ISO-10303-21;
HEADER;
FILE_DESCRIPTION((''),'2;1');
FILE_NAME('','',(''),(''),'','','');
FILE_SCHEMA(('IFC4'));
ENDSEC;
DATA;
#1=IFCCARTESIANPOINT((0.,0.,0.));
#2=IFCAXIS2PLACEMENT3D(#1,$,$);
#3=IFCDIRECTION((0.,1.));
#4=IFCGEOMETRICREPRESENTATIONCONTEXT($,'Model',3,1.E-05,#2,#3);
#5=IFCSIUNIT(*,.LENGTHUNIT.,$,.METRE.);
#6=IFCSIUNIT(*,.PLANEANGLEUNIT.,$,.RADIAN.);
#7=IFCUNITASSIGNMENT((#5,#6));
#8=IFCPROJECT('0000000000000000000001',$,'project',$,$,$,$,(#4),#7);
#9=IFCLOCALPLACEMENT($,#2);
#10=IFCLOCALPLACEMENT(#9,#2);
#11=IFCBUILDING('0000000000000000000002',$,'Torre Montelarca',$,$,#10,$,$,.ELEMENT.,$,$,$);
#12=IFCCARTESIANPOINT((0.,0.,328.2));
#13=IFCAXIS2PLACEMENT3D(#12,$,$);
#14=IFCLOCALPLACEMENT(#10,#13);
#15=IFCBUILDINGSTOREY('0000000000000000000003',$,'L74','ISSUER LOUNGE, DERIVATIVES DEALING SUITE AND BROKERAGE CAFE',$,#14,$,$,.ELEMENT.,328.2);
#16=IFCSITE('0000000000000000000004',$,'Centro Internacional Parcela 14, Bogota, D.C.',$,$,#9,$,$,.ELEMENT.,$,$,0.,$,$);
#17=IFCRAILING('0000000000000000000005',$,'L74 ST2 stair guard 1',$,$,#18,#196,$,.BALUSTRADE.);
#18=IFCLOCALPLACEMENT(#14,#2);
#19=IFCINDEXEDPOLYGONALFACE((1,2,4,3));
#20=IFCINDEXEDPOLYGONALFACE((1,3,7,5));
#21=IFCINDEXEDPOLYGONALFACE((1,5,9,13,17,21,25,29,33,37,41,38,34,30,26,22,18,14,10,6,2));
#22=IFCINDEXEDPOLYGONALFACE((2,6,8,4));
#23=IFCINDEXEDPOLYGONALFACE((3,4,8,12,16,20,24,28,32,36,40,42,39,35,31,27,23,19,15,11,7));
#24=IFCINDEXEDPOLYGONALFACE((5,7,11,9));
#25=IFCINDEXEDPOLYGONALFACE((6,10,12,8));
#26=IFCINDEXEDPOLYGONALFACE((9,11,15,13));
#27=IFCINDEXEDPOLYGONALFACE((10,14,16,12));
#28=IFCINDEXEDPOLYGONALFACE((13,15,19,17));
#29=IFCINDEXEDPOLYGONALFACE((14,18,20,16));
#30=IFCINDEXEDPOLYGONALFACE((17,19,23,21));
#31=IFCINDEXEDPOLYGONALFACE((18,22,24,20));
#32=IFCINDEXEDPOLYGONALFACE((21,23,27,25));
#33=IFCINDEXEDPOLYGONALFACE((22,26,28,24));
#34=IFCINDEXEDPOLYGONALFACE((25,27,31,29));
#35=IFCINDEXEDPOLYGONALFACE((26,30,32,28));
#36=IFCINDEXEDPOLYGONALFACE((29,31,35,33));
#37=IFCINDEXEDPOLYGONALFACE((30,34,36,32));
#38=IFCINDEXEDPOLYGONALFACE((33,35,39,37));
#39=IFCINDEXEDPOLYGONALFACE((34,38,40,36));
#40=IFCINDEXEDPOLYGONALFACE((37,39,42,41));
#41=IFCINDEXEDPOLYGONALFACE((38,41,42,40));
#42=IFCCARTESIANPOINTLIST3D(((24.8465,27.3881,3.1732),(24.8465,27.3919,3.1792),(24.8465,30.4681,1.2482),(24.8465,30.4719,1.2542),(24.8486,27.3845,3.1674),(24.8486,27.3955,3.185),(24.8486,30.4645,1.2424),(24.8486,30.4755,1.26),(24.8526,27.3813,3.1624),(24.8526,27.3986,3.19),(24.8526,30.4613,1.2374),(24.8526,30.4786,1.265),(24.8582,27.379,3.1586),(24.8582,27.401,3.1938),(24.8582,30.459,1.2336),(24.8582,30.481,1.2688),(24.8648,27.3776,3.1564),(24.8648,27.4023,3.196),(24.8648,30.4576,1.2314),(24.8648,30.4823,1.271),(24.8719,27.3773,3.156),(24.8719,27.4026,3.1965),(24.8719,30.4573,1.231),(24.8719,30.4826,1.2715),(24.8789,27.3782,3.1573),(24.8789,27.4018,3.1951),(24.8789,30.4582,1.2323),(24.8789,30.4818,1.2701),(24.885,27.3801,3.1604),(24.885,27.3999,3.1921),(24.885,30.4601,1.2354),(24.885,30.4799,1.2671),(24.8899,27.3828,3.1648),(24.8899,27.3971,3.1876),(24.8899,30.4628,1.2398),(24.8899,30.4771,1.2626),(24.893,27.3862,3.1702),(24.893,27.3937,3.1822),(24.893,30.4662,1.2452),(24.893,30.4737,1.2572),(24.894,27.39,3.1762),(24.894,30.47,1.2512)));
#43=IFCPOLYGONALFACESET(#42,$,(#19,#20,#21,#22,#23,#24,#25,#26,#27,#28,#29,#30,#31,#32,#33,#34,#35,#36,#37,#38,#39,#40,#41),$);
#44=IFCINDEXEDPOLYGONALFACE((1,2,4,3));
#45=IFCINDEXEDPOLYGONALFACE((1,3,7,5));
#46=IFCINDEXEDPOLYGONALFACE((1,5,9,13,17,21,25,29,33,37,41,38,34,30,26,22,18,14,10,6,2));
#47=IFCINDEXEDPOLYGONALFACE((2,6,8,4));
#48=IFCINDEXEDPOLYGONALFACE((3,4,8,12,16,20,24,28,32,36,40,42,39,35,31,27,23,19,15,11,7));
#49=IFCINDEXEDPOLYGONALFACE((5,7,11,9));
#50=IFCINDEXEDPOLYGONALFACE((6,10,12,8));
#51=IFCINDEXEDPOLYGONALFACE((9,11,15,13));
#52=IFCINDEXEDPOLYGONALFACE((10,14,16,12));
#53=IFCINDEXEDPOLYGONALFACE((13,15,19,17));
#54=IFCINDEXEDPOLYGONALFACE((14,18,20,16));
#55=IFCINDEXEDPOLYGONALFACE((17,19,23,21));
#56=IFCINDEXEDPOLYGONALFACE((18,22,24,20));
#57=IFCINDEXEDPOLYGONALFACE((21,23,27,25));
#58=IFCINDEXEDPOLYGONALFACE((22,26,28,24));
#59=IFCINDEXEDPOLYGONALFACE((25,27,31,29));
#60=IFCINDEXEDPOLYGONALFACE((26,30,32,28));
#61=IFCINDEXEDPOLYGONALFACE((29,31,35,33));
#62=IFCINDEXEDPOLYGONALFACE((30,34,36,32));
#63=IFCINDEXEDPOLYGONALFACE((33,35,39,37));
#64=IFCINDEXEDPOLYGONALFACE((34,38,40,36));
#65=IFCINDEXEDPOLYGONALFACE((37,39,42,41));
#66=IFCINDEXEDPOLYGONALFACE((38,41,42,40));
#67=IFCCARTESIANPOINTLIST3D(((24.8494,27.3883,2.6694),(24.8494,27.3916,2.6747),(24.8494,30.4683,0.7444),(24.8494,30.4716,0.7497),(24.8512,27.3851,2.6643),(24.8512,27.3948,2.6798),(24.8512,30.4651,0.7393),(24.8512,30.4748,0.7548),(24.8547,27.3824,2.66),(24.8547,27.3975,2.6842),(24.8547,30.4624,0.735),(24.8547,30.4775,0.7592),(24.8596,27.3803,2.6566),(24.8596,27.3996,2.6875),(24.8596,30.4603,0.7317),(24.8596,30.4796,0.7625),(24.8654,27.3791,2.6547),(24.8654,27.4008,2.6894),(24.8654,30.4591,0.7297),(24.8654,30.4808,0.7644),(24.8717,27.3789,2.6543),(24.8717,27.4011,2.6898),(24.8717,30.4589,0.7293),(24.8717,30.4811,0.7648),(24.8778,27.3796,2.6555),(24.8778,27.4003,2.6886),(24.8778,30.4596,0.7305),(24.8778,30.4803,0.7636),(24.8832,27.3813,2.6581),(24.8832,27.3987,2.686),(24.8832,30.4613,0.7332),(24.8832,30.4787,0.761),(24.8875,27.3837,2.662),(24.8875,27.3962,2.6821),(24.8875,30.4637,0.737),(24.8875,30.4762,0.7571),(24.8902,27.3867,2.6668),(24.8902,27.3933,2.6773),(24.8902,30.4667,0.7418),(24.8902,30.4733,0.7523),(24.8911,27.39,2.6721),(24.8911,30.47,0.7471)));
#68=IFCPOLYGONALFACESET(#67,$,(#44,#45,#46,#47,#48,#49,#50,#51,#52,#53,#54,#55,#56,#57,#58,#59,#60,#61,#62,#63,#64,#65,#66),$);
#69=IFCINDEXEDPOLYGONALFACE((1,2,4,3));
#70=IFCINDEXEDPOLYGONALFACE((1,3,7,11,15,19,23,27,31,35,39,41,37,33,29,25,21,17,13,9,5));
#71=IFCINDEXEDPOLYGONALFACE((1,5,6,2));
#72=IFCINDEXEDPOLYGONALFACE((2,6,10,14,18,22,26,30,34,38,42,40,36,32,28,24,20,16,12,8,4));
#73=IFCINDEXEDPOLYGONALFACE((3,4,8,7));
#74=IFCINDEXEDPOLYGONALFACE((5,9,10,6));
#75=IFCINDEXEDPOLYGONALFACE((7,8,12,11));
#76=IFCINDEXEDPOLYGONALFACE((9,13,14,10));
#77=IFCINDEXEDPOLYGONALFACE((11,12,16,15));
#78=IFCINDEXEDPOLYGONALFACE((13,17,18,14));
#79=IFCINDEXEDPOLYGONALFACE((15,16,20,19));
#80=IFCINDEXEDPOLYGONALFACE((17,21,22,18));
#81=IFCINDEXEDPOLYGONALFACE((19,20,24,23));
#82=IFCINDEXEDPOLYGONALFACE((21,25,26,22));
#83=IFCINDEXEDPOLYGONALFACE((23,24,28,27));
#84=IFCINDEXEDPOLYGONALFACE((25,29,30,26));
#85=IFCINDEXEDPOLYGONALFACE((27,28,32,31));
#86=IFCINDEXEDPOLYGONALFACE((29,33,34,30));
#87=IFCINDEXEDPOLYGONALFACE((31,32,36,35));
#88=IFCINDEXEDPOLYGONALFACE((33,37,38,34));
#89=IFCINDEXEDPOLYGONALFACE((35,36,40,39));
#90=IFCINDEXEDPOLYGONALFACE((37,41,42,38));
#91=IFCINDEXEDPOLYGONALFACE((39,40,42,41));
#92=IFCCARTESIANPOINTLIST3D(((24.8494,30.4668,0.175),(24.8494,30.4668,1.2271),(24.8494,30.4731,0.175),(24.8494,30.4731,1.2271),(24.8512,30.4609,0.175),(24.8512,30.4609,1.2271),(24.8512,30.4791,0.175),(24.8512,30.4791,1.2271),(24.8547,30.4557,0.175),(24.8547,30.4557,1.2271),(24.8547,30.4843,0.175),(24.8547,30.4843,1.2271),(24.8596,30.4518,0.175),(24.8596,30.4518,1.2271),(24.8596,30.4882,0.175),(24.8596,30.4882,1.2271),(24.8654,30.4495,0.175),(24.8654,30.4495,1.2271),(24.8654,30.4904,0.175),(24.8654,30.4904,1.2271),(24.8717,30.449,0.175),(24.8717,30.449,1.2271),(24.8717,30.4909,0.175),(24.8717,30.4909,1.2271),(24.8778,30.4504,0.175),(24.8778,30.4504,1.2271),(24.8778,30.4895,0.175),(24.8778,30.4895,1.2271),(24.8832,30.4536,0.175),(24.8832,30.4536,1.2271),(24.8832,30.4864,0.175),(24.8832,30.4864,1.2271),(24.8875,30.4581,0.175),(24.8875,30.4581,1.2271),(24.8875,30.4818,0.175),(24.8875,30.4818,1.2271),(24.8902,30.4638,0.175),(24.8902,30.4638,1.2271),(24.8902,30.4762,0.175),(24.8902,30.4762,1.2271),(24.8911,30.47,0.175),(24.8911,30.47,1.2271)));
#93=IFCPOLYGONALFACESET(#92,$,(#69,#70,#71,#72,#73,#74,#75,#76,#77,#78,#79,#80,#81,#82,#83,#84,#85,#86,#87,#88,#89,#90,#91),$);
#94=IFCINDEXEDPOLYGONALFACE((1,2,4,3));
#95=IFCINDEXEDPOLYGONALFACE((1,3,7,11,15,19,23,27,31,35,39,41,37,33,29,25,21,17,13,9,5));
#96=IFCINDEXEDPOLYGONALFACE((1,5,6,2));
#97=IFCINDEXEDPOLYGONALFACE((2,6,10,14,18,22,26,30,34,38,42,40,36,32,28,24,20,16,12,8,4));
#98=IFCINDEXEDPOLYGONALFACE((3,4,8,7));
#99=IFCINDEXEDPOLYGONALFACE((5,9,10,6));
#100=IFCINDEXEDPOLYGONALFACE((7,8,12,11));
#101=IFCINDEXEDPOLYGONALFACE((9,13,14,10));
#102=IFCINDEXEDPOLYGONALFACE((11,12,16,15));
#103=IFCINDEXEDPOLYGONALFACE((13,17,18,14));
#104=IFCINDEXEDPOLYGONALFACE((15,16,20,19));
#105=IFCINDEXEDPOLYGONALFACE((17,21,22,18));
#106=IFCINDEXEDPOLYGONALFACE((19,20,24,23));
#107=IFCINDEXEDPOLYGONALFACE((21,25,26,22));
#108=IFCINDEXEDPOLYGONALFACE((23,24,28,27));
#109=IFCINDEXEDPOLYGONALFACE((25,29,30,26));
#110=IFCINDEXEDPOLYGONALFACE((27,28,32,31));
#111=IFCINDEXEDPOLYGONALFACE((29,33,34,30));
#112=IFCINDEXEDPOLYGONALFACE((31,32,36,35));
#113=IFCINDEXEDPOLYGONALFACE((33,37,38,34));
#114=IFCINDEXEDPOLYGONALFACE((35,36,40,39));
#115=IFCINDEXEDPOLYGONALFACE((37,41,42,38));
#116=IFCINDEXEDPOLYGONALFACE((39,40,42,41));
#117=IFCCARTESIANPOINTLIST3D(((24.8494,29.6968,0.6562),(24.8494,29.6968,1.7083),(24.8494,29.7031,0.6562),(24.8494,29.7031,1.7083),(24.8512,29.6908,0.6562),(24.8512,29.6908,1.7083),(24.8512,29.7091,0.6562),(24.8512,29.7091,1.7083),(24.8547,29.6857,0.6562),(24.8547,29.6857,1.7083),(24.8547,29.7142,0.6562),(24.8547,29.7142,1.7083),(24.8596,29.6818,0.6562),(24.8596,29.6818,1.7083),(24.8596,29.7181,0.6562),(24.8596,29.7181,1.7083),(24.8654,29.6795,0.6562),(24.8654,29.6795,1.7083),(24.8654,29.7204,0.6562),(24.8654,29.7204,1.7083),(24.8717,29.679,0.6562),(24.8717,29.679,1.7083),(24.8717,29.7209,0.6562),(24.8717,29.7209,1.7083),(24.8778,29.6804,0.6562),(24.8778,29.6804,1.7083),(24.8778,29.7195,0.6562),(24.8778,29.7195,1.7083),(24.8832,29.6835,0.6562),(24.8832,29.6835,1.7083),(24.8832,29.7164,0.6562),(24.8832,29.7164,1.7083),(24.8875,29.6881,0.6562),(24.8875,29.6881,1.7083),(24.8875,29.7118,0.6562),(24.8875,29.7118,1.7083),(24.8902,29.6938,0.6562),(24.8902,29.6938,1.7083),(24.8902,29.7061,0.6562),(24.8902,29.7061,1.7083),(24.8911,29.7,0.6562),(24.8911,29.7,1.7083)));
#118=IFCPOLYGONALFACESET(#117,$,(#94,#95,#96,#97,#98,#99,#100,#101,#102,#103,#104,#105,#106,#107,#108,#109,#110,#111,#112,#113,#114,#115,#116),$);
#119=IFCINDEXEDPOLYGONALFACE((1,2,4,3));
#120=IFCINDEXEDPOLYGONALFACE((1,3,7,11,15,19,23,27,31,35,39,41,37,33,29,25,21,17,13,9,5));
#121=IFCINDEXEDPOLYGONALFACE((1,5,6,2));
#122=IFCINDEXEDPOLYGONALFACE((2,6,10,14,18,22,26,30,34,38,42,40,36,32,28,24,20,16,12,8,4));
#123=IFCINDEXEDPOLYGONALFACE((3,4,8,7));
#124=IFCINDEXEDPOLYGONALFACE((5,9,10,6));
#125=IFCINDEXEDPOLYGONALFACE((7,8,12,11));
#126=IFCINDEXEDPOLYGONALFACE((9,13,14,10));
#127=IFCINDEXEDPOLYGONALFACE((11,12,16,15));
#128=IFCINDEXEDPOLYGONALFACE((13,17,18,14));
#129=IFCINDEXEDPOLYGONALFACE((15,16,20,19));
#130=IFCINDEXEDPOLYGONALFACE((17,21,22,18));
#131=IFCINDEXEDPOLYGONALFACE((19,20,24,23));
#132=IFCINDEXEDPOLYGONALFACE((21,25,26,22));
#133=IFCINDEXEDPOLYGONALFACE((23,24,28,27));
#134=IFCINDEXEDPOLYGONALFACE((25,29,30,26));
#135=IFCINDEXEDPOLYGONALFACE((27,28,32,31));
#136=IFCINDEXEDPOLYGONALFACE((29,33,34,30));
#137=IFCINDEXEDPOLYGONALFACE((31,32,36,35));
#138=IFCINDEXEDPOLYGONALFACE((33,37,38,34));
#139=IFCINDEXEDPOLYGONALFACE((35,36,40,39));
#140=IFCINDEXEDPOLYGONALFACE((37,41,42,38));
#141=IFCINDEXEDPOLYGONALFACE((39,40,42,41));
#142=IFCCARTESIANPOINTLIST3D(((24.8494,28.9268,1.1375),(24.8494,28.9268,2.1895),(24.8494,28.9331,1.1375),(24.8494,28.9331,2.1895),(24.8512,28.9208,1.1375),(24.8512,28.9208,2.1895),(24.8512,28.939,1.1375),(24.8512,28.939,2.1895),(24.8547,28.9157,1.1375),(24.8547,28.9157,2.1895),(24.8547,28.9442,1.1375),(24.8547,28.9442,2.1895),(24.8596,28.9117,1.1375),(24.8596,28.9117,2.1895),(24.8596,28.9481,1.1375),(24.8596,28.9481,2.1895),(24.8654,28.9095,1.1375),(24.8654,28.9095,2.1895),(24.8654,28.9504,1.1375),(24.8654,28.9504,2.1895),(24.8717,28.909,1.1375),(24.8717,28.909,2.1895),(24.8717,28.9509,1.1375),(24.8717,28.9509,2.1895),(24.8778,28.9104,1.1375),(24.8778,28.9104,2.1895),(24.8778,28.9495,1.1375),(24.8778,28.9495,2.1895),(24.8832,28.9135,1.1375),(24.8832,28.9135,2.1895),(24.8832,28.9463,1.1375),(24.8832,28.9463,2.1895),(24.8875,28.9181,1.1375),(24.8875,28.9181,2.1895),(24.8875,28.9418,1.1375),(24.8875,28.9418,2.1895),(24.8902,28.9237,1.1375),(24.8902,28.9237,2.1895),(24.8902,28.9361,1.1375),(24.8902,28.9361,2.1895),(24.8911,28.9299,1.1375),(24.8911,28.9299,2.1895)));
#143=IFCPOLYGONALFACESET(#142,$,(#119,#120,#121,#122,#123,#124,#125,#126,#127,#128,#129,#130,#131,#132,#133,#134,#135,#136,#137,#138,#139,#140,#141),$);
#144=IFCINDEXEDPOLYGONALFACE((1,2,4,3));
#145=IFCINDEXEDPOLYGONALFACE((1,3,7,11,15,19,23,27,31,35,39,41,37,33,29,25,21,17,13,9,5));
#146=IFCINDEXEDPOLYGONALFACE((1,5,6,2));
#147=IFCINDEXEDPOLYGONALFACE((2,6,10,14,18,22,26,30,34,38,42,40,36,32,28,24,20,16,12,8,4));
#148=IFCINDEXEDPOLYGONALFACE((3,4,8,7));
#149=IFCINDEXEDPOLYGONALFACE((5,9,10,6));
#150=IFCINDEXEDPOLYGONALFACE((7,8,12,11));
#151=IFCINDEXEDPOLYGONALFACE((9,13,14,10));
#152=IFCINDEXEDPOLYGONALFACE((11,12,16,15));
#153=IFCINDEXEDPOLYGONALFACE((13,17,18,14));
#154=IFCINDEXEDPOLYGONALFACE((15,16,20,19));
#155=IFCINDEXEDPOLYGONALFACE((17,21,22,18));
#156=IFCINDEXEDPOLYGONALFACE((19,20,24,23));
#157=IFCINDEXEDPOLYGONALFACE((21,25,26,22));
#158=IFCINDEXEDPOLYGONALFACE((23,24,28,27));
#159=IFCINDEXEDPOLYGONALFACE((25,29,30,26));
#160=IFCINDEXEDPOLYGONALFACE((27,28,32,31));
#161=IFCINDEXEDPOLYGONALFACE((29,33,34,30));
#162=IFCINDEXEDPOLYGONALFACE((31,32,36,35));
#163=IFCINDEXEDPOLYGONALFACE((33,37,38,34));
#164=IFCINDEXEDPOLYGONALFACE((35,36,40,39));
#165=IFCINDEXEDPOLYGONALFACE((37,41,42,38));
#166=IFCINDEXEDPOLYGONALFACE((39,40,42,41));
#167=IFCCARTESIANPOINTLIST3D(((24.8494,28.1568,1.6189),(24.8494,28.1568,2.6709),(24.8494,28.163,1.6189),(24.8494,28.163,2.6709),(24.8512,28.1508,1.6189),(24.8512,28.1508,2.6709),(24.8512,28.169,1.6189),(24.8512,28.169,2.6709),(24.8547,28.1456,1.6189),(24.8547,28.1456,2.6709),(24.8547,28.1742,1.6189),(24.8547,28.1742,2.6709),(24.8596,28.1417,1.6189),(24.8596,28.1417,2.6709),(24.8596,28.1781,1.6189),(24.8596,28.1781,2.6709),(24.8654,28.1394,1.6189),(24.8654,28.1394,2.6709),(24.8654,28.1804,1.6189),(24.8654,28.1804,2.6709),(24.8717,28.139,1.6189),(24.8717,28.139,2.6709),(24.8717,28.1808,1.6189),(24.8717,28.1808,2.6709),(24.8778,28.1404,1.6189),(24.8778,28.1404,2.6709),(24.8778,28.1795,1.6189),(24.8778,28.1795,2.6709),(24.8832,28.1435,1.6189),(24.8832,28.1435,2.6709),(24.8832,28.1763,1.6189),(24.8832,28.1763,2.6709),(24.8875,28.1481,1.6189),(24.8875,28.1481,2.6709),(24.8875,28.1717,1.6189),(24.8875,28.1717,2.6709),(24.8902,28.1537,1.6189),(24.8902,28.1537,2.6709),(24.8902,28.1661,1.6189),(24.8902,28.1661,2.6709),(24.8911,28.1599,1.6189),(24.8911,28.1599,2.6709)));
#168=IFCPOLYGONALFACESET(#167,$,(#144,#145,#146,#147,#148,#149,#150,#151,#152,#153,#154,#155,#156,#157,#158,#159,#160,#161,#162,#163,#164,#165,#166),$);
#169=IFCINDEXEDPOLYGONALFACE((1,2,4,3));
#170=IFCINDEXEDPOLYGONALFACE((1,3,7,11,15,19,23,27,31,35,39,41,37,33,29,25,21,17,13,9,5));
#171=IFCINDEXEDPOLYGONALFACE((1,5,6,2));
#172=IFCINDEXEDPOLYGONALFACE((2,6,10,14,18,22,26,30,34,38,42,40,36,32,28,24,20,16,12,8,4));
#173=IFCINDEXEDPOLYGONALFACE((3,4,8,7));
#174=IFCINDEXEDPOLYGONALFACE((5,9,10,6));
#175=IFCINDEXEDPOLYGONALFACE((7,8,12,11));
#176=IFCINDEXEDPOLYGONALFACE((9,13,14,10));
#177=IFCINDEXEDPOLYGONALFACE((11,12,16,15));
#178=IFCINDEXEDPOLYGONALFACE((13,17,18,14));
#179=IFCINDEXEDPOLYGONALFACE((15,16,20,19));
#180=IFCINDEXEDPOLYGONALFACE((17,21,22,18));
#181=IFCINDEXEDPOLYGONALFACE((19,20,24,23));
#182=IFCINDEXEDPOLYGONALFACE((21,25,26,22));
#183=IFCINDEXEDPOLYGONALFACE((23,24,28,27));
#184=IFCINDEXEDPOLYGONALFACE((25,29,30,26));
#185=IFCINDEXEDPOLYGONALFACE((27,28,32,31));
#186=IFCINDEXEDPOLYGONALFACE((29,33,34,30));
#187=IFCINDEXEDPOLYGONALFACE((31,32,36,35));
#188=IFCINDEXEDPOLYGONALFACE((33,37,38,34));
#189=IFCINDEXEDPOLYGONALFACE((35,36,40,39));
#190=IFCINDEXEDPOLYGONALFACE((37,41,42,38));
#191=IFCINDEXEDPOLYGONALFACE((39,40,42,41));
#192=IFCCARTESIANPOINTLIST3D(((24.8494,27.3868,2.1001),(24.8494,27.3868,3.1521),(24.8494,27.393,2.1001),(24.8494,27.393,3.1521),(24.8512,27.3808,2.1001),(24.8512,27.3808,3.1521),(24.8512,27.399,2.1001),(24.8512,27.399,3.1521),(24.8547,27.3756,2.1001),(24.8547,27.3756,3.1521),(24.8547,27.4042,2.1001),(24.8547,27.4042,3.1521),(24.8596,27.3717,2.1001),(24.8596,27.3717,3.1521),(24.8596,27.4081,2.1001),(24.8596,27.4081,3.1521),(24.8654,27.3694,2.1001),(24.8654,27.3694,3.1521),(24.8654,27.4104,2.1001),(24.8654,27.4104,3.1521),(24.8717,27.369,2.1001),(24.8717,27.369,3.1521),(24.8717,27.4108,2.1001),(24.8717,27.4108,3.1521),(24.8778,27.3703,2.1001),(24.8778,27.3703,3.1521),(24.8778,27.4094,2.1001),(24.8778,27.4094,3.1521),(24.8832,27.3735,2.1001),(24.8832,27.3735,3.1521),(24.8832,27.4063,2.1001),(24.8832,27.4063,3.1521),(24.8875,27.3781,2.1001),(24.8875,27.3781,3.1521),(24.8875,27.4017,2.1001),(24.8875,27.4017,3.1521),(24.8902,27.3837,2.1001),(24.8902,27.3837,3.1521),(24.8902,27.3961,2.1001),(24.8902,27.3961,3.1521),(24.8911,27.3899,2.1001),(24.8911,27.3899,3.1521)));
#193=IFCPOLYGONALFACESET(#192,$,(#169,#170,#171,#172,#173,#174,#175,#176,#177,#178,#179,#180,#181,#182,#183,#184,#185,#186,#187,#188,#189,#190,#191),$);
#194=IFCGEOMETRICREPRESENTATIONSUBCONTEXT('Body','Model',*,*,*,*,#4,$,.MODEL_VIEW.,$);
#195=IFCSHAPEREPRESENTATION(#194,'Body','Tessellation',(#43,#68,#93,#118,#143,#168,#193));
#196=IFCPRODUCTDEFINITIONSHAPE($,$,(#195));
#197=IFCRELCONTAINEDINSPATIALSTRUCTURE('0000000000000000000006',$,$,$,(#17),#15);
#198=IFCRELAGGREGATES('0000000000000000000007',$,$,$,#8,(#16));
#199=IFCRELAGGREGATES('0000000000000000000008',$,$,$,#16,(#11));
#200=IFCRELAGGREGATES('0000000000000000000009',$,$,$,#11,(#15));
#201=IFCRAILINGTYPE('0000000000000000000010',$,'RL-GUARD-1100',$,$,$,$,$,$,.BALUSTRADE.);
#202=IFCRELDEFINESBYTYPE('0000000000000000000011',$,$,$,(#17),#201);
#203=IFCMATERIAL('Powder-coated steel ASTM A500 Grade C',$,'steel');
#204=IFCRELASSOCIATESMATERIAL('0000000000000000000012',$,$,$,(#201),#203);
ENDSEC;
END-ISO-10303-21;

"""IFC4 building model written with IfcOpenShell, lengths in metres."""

from ifc_helpers import new_model, si_unit, direction, frame, origin, origin_2d, place, context, subcontext, project, spatial, circle, extrude, material, type_object, element, save


model = new_model("IFC4")

# Units and contexts
model_context = context("Model", 3, precision=1e-05, world=origin(), true_north=direction((0.0, 1.0)))
body_context = subcontext(model_context, "Body", "Model", "MODEL_VIEW")
ifc_project = project(units=[si_unit("LENGTHUNIT", "METRE"), si_unit("PLANEANGLEUNIT", "RADIAN")], contexts=[model_context])

# Site, building, storey
site_placement = place(None, origin())
site = spatial("IfcSite", under=ifc_project, at=site_placement, Name="Centro Internacional Parcela 14, Bogota, D.C.", CompositionType="ELEMENT", RefElevation=0.0)
building_placement = place(site_placement, origin())
building = spatial("IfcBuilding", under=site, at=building_placement, Name="Torre Montelarca", CompositionType="ELEMENT")
storey_placement = place(building_placement, frame((0.0, 0.0, 328.2)))
storey = spatial("IfcBuildingStorey", under=building, at=storey_placement, Name="L74", Description="ISSUER LOUNGE, DERIVATIVES DEALING SUITE AND BROKERAGE CAFE", CompositionType="ELEMENT", Elevation=328.2)

# Railing
ifc_material_1 = material(Name="Powder-coated steel ASTM A500 Grade C", Category="steel")
railing_type_1 = type_object("IfcRailingType", Name="RL-GUARD-1100", PredefinedType="BALUSTRADE", material=ifc_material_1)
railing_1_placement = place(storey_placement, frame((24.8701, 30.47, 0.175)))
element("IfcRailing", 1, at=railing_1_placement, inside=storey, type_object=railing_type_1, Name="L74 ST2 stair guard 1", PredefinedType="BALUSTRADE", context=body_context, shape_type="SweptSolid", body=[
    extrude(circle(Radius=0.0239, at=origin_2d()), frame((0.0, 0.0, 1.0762), z_axis=(0.0, -0.847998, 0.529999), x_axis=(1.0, 0.0, 0.0)), (0.0, 0.0, 1.0), 3.6321),
    extrude(circle(Radius=0.021, at=origin_2d()), frame((0.0, 0.0, 0.572), z_axis=(0.0, -0.847998, 0.529999), x_axis=(1.0, 0.0, 0.0)), (0.0, 0.0, 1.0), 3.6321),
    extrude(circle(Radius=0.021, at=origin_2d()), origin(), (0.0, 0.0, 1.0), 1.052),
    extrude(circle(Radius=0.021, at=origin_2d()), frame((0.0, -0.77, 0.4812)), (0.0, 0.0, 1.0), 1.052),
    extrude(circle(Radius=0.021, at=origin_2d()), frame((0.0, -1.54, 0.9624)), (0.0, 0.0, 1.0), 1.052),
    extrude(circle(Radius=0.021, at=origin_2d()), frame((0.0, -2.3101, 1.4438)), (0.0, 0.0, 1.0), 1.052),
    extrude(circle(Radius=0.021, at=origin_2d()), frame((0.0, -3.0801, 1.925)), (0.0, 0.0, 1.0), 1.052),
])

save(model, "model.ifc")
